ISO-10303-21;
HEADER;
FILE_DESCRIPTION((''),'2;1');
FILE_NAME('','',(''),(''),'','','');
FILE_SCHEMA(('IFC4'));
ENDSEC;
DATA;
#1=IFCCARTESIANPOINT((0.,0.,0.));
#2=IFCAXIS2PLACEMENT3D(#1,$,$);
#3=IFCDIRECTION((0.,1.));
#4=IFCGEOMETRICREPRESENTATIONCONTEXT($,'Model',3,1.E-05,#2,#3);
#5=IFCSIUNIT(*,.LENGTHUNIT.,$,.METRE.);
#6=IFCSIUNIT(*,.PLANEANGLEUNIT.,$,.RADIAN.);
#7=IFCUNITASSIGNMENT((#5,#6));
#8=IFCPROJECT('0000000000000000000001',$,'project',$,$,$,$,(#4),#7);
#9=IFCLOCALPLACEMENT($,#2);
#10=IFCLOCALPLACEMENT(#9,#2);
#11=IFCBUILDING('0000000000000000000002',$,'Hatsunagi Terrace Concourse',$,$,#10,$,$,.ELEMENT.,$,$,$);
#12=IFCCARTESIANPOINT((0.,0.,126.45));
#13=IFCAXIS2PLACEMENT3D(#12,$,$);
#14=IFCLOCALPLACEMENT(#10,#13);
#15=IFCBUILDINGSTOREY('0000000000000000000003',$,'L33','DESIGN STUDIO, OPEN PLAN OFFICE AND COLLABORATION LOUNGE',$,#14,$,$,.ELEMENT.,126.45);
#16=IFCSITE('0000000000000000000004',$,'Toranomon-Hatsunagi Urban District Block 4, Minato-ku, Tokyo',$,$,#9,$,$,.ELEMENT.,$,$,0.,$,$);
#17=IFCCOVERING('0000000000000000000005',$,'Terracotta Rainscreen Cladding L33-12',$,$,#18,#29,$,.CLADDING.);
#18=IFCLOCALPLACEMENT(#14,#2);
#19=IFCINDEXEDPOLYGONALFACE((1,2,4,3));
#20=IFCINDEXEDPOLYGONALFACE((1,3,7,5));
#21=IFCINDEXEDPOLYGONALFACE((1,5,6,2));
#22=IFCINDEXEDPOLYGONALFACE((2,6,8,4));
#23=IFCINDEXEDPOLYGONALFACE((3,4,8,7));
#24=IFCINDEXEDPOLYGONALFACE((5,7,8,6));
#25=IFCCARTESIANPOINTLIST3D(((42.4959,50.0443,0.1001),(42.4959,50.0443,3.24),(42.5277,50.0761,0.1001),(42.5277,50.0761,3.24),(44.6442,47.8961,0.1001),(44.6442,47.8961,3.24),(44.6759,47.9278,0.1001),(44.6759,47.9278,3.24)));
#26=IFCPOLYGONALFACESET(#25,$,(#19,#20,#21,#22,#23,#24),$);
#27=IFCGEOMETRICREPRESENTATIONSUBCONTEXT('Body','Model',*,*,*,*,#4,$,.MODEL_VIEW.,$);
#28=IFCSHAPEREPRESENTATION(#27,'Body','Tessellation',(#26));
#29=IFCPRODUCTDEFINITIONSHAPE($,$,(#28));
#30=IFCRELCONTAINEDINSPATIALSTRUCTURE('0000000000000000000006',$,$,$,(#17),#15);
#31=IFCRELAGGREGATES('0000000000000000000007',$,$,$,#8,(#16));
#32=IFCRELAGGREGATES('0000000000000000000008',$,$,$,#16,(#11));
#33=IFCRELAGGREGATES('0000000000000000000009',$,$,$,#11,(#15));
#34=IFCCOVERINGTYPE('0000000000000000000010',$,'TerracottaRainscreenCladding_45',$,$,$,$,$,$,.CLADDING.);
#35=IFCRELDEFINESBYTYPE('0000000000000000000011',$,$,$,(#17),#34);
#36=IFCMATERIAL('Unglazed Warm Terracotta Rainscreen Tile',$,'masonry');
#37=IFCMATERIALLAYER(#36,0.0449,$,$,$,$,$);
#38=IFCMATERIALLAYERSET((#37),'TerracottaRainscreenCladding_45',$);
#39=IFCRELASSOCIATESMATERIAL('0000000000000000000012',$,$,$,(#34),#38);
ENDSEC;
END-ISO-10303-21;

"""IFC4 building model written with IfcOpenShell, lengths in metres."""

from ifc_helpers import new_model, si_unit, direction, frame, origin, origin_2d, place, context, subcontext, project, spatial, rectangle, extrude, material, layer, layer_set, type_object, element, save


model = new_model("IFC4")

# Units and contexts
model_context = context("Model", 3, precision=1e-05, world=origin(), true_north=direction((0.0, 1.0)))
body_context = subcontext(model_context, "Body", "Model", "MODEL_VIEW")
ifc_project = project(units=[si_unit("LENGTHUNIT", "METRE"), si_unit("PLANEANGLEUNIT", "RADIAN")], contexts=[model_context])

# Site, building, storey
site_placement = place(None, origin())
site = spatial("IfcSite", under=ifc_project, at=site_placement, Name="Toranomon-Hatsunagi Urban District Block 4, Minato-ku, Tokyo", CompositionType="ELEMENT", RefElevation=0.0)
building_placement = place(site_placement, origin())
building = spatial("IfcBuilding", under=site, at=building_placement, Name="Hatsunagi Terrace Concourse", CompositionType="ELEMENT")
storey_placement = place(building_placement, frame((0.0, 0.0, 126.45)))
storey = spatial("IfcBuildingStorey", under=building, at=storey_placement, Name="L33", Description="DESIGN STUDIO, OPEN PLAN OFFICE AND COLLABORATION LOUNGE", CompositionType="ELEMENT", Elevation=126.45)

# Covering
ifc_material_1 = material(Name="Unglazed Warm Terracotta Rainscreen Tile", Category="masonry")
ifc_layer_1 = layer(ifc_material_1, 0.0449)
ifc_layer_set_1 = layer_set([ifc_layer_1], Name="TerracottaRainscreenCladding_45")
covering_type = type_object("IfcCoveringType", Name="TerracottaRainscreenCladding_45", PredefinedType="CLADDING", material=ifc_layer_set_1)
covering_placement = place(storey_placement, frame((43.5859, 48.9861, 0.1001), z_axis=(0.0, 0.0, 1.0), x_axis=(0.707107, -0.707107, 0.0)))
element("IfcCovering", 1, at=covering_placement, inside=storey, type_object=covering_type, Name="Terracotta Rainscreen Cladding L33-12", PredefinedType="CLADDING", context=body_context, shape_type="SweptSolid", body=[
    extrude(rectangle(XDim=3.0381, YDim=0.0449, at=origin_2d()), origin(), (0.0, 0.0, 1.0), 3.1399),
])

save(model, "model.ifc")
